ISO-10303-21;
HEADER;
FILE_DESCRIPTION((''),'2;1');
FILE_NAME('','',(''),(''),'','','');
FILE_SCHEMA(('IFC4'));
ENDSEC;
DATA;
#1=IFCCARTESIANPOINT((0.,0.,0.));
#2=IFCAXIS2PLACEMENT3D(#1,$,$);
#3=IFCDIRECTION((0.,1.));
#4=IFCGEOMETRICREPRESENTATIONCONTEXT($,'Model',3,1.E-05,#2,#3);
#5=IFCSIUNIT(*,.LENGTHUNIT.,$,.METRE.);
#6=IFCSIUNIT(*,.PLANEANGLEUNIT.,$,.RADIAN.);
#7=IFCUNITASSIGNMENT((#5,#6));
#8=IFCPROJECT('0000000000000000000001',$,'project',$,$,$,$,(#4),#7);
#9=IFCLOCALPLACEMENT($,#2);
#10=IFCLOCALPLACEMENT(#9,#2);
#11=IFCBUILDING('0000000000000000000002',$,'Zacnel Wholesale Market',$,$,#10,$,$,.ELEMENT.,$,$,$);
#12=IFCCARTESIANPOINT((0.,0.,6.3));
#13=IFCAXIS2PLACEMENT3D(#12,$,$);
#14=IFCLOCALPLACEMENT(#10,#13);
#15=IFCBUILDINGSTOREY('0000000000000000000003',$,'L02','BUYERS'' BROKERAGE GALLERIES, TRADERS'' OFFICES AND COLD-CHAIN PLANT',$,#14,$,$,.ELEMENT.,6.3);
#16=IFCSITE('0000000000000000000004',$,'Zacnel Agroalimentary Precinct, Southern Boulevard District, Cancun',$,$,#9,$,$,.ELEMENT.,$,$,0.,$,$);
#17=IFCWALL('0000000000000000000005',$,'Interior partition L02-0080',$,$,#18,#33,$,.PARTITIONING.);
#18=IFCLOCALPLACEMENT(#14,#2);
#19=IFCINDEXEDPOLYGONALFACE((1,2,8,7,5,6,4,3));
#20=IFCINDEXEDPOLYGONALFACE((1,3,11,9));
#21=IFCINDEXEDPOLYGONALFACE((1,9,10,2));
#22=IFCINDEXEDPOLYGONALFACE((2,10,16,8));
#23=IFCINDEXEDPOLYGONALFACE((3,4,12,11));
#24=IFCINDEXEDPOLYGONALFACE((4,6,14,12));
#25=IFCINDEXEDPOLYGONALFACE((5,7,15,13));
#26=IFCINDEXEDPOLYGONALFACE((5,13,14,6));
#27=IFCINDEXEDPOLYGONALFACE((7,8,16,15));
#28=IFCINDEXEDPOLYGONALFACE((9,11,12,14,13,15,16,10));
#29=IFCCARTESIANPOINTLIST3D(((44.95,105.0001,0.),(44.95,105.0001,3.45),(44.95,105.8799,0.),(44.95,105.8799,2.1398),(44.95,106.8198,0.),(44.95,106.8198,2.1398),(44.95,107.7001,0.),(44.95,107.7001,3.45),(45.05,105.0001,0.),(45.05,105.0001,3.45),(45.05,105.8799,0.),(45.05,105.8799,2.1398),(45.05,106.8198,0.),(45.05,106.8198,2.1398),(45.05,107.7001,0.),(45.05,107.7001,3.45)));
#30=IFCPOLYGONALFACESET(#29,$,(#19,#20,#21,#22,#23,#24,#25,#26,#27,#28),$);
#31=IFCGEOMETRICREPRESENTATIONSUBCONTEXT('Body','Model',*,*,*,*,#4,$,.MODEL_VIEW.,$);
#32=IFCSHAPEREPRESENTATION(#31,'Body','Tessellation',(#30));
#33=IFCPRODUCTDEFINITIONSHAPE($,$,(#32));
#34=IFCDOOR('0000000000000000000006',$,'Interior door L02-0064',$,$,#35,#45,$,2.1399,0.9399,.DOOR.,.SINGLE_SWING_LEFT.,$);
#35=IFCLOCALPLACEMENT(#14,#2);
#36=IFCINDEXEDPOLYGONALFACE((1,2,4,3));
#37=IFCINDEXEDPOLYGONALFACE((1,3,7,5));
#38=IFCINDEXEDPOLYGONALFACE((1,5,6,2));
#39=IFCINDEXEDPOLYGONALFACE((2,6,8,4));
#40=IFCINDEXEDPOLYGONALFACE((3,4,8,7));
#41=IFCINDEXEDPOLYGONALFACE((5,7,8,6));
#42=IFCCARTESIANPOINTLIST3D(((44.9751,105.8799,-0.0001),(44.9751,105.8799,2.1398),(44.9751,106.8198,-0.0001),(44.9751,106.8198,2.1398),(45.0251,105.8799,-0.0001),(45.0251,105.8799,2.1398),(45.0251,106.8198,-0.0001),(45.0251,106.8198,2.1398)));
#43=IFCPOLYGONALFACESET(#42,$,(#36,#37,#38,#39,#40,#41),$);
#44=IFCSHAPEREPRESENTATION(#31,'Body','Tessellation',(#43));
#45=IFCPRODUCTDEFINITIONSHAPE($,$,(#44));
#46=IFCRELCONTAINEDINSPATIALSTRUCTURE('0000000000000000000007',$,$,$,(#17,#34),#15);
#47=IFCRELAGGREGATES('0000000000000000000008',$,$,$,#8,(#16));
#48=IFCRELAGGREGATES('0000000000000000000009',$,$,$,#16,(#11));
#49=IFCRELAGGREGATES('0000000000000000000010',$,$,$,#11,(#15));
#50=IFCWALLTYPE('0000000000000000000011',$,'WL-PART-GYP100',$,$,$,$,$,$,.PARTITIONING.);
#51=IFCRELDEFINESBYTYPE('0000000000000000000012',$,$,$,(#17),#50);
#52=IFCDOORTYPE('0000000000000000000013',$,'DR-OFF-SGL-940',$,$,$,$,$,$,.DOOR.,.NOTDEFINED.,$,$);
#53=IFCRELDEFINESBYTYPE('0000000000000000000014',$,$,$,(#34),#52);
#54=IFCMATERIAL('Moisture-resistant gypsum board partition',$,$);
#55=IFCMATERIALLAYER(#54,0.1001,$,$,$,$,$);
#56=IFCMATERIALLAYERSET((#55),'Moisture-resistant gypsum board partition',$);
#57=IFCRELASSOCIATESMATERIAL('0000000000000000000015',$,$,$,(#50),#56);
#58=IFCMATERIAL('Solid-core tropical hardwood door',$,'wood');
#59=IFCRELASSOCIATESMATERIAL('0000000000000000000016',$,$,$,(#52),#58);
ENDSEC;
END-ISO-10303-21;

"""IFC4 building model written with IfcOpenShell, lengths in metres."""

from ifc_helpers import new_model, si_unit, direction, frame, frame_2d, origin, place, context, subcontext, project, spatial, rectangle, extrude, material, layer, layer_set, type_object, element, fill, save


model = new_model("IFC4")

# Units and contexts
model_context = context("Model", 3, precision=1e-05, world=origin(), true_north=direction((0.0, 1.0)))
body_context = subcontext(model_context, "Body", "Model", "MODEL_VIEW")
ifc_project = project(units=[si_unit("LENGTHUNIT", "METRE"), si_unit("PLANEANGLEUNIT", "RADIAN")], contexts=[model_context])

# Site, building, storey
site_placement = place(None, origin())
site = spatial("IfcSite", under=ifc_project, at=site_placement, Name="Zacnel Agroalimentary Precinct, Southern Boulevard District, Cancun", CompositionType="ELEMENT", RefElevation=0.0)
building_placement = place(site_placement, origin())
building = spatial("IfcBuilding", under=site, at=building_placement, Name="Zacnel Wholesale Market", CompositionType="ELEMENT")
storey_placement = place(building_placement, frame((0.0, 0.0, 6.3)))
storey = spatial("IfcBuildingStorey", under=building, at=storey_placement, Name="L02", Description="BUYERS' BROKERAGE GALLERIES, TRADERS' OFFICES AND COLD-CHAIN PLANT", CompositionType="ELEMENT", Elevation=6.3)

# Wall, opening, door
ifc_material_1 = material(Name="Moisture-resistant gypsum board partition")
ifc_layer_1 = layer(ifc_material_1, 0.1001)
ifc_layer_set_1 = layer_set([ifc_layer_1], Name="Moisture-resistant gypsum board partition")
wall_type_1 = type_object("IfcWallType", Name="WL-PART-GYP100", PredefinedType="PARTITIONING", material=ifc_layer_set_1)
wall_1_placement = place(storey_placement, frame((45.0, 105.0, 0.0), z_axis=(0.0, 0.0, 1.0), x_axis=(0.0, 1.0, 0.0)))
wall_1 = element("IfcWall", 1, at=wall_1_placement, inside=storey, type_object=wall_type_1, Name="Interior partition L02-0080", PredefinedType="PARTITIONING", context=body_context, shape_type="SweptSolid", body=[
    extrude(rectangle(XDim=2.7, YDim=0.1001, at=frame_2d((1.3501, 0.0))), origin(), (0.0, 0.0, 1.0), 3.45),
])
opening_1_placement = place(wall_1_placement, frame((0.8799, 0.0, 0.0)))
opening_1 = element("IfcOpeningElement", 2, at=opening_1_placement, cuts=wall_1, PredefinedType="OPENING", context=body_context, shape_type="SweptSolid", body=[
    extrude(rectangle(XDim=0.9399, YDim=2.1399, at=frame_2d((0.47, 1.0698))), frame((0.0, 0.0601, 0.0), z_axis=(0.0, -1.0, 0.0), x_axis=(1.0, 0.0, 0.0)), (0.0, 0.0, 1.0), 0.1201),
])
ifc_material_2 = material(Name="Solid-core tropical hardwood door", Category="wood")
door_type = type_object("IfcDoorType", Name="DR-OFF-SGL-940", OperationType="NOTDEFINED", PredefinedType="DOOR", material=ifc_material_2)
door_placement = place(opening_1_placement, origin())
door = element("IfcDoor", 3, at=door_placement, inside=storey, type_object=door_type, Name="Interior door L02-0064", OperationType="SINGLE_SWING_LEFT", OverallHeight=2.1399, OverallWidth=0.9399, PredefinedType="DOOR", context=body_context, shape_type="SweptSolid", body=[
    extrude(rectangle(XDim=0.9399, YDim=2.1399, at=frame_2d((0.47, 1.0698))), frame((0.0, 0.0249, 0.0), z_axis=(0.0, -1.0, 0.0), x_axis=(1.0, 0.0, 0.0)), (0.0, 0.0, 1.0), 0.05),
])
fill(opening_1, door)

save(model, "model.ifc")
